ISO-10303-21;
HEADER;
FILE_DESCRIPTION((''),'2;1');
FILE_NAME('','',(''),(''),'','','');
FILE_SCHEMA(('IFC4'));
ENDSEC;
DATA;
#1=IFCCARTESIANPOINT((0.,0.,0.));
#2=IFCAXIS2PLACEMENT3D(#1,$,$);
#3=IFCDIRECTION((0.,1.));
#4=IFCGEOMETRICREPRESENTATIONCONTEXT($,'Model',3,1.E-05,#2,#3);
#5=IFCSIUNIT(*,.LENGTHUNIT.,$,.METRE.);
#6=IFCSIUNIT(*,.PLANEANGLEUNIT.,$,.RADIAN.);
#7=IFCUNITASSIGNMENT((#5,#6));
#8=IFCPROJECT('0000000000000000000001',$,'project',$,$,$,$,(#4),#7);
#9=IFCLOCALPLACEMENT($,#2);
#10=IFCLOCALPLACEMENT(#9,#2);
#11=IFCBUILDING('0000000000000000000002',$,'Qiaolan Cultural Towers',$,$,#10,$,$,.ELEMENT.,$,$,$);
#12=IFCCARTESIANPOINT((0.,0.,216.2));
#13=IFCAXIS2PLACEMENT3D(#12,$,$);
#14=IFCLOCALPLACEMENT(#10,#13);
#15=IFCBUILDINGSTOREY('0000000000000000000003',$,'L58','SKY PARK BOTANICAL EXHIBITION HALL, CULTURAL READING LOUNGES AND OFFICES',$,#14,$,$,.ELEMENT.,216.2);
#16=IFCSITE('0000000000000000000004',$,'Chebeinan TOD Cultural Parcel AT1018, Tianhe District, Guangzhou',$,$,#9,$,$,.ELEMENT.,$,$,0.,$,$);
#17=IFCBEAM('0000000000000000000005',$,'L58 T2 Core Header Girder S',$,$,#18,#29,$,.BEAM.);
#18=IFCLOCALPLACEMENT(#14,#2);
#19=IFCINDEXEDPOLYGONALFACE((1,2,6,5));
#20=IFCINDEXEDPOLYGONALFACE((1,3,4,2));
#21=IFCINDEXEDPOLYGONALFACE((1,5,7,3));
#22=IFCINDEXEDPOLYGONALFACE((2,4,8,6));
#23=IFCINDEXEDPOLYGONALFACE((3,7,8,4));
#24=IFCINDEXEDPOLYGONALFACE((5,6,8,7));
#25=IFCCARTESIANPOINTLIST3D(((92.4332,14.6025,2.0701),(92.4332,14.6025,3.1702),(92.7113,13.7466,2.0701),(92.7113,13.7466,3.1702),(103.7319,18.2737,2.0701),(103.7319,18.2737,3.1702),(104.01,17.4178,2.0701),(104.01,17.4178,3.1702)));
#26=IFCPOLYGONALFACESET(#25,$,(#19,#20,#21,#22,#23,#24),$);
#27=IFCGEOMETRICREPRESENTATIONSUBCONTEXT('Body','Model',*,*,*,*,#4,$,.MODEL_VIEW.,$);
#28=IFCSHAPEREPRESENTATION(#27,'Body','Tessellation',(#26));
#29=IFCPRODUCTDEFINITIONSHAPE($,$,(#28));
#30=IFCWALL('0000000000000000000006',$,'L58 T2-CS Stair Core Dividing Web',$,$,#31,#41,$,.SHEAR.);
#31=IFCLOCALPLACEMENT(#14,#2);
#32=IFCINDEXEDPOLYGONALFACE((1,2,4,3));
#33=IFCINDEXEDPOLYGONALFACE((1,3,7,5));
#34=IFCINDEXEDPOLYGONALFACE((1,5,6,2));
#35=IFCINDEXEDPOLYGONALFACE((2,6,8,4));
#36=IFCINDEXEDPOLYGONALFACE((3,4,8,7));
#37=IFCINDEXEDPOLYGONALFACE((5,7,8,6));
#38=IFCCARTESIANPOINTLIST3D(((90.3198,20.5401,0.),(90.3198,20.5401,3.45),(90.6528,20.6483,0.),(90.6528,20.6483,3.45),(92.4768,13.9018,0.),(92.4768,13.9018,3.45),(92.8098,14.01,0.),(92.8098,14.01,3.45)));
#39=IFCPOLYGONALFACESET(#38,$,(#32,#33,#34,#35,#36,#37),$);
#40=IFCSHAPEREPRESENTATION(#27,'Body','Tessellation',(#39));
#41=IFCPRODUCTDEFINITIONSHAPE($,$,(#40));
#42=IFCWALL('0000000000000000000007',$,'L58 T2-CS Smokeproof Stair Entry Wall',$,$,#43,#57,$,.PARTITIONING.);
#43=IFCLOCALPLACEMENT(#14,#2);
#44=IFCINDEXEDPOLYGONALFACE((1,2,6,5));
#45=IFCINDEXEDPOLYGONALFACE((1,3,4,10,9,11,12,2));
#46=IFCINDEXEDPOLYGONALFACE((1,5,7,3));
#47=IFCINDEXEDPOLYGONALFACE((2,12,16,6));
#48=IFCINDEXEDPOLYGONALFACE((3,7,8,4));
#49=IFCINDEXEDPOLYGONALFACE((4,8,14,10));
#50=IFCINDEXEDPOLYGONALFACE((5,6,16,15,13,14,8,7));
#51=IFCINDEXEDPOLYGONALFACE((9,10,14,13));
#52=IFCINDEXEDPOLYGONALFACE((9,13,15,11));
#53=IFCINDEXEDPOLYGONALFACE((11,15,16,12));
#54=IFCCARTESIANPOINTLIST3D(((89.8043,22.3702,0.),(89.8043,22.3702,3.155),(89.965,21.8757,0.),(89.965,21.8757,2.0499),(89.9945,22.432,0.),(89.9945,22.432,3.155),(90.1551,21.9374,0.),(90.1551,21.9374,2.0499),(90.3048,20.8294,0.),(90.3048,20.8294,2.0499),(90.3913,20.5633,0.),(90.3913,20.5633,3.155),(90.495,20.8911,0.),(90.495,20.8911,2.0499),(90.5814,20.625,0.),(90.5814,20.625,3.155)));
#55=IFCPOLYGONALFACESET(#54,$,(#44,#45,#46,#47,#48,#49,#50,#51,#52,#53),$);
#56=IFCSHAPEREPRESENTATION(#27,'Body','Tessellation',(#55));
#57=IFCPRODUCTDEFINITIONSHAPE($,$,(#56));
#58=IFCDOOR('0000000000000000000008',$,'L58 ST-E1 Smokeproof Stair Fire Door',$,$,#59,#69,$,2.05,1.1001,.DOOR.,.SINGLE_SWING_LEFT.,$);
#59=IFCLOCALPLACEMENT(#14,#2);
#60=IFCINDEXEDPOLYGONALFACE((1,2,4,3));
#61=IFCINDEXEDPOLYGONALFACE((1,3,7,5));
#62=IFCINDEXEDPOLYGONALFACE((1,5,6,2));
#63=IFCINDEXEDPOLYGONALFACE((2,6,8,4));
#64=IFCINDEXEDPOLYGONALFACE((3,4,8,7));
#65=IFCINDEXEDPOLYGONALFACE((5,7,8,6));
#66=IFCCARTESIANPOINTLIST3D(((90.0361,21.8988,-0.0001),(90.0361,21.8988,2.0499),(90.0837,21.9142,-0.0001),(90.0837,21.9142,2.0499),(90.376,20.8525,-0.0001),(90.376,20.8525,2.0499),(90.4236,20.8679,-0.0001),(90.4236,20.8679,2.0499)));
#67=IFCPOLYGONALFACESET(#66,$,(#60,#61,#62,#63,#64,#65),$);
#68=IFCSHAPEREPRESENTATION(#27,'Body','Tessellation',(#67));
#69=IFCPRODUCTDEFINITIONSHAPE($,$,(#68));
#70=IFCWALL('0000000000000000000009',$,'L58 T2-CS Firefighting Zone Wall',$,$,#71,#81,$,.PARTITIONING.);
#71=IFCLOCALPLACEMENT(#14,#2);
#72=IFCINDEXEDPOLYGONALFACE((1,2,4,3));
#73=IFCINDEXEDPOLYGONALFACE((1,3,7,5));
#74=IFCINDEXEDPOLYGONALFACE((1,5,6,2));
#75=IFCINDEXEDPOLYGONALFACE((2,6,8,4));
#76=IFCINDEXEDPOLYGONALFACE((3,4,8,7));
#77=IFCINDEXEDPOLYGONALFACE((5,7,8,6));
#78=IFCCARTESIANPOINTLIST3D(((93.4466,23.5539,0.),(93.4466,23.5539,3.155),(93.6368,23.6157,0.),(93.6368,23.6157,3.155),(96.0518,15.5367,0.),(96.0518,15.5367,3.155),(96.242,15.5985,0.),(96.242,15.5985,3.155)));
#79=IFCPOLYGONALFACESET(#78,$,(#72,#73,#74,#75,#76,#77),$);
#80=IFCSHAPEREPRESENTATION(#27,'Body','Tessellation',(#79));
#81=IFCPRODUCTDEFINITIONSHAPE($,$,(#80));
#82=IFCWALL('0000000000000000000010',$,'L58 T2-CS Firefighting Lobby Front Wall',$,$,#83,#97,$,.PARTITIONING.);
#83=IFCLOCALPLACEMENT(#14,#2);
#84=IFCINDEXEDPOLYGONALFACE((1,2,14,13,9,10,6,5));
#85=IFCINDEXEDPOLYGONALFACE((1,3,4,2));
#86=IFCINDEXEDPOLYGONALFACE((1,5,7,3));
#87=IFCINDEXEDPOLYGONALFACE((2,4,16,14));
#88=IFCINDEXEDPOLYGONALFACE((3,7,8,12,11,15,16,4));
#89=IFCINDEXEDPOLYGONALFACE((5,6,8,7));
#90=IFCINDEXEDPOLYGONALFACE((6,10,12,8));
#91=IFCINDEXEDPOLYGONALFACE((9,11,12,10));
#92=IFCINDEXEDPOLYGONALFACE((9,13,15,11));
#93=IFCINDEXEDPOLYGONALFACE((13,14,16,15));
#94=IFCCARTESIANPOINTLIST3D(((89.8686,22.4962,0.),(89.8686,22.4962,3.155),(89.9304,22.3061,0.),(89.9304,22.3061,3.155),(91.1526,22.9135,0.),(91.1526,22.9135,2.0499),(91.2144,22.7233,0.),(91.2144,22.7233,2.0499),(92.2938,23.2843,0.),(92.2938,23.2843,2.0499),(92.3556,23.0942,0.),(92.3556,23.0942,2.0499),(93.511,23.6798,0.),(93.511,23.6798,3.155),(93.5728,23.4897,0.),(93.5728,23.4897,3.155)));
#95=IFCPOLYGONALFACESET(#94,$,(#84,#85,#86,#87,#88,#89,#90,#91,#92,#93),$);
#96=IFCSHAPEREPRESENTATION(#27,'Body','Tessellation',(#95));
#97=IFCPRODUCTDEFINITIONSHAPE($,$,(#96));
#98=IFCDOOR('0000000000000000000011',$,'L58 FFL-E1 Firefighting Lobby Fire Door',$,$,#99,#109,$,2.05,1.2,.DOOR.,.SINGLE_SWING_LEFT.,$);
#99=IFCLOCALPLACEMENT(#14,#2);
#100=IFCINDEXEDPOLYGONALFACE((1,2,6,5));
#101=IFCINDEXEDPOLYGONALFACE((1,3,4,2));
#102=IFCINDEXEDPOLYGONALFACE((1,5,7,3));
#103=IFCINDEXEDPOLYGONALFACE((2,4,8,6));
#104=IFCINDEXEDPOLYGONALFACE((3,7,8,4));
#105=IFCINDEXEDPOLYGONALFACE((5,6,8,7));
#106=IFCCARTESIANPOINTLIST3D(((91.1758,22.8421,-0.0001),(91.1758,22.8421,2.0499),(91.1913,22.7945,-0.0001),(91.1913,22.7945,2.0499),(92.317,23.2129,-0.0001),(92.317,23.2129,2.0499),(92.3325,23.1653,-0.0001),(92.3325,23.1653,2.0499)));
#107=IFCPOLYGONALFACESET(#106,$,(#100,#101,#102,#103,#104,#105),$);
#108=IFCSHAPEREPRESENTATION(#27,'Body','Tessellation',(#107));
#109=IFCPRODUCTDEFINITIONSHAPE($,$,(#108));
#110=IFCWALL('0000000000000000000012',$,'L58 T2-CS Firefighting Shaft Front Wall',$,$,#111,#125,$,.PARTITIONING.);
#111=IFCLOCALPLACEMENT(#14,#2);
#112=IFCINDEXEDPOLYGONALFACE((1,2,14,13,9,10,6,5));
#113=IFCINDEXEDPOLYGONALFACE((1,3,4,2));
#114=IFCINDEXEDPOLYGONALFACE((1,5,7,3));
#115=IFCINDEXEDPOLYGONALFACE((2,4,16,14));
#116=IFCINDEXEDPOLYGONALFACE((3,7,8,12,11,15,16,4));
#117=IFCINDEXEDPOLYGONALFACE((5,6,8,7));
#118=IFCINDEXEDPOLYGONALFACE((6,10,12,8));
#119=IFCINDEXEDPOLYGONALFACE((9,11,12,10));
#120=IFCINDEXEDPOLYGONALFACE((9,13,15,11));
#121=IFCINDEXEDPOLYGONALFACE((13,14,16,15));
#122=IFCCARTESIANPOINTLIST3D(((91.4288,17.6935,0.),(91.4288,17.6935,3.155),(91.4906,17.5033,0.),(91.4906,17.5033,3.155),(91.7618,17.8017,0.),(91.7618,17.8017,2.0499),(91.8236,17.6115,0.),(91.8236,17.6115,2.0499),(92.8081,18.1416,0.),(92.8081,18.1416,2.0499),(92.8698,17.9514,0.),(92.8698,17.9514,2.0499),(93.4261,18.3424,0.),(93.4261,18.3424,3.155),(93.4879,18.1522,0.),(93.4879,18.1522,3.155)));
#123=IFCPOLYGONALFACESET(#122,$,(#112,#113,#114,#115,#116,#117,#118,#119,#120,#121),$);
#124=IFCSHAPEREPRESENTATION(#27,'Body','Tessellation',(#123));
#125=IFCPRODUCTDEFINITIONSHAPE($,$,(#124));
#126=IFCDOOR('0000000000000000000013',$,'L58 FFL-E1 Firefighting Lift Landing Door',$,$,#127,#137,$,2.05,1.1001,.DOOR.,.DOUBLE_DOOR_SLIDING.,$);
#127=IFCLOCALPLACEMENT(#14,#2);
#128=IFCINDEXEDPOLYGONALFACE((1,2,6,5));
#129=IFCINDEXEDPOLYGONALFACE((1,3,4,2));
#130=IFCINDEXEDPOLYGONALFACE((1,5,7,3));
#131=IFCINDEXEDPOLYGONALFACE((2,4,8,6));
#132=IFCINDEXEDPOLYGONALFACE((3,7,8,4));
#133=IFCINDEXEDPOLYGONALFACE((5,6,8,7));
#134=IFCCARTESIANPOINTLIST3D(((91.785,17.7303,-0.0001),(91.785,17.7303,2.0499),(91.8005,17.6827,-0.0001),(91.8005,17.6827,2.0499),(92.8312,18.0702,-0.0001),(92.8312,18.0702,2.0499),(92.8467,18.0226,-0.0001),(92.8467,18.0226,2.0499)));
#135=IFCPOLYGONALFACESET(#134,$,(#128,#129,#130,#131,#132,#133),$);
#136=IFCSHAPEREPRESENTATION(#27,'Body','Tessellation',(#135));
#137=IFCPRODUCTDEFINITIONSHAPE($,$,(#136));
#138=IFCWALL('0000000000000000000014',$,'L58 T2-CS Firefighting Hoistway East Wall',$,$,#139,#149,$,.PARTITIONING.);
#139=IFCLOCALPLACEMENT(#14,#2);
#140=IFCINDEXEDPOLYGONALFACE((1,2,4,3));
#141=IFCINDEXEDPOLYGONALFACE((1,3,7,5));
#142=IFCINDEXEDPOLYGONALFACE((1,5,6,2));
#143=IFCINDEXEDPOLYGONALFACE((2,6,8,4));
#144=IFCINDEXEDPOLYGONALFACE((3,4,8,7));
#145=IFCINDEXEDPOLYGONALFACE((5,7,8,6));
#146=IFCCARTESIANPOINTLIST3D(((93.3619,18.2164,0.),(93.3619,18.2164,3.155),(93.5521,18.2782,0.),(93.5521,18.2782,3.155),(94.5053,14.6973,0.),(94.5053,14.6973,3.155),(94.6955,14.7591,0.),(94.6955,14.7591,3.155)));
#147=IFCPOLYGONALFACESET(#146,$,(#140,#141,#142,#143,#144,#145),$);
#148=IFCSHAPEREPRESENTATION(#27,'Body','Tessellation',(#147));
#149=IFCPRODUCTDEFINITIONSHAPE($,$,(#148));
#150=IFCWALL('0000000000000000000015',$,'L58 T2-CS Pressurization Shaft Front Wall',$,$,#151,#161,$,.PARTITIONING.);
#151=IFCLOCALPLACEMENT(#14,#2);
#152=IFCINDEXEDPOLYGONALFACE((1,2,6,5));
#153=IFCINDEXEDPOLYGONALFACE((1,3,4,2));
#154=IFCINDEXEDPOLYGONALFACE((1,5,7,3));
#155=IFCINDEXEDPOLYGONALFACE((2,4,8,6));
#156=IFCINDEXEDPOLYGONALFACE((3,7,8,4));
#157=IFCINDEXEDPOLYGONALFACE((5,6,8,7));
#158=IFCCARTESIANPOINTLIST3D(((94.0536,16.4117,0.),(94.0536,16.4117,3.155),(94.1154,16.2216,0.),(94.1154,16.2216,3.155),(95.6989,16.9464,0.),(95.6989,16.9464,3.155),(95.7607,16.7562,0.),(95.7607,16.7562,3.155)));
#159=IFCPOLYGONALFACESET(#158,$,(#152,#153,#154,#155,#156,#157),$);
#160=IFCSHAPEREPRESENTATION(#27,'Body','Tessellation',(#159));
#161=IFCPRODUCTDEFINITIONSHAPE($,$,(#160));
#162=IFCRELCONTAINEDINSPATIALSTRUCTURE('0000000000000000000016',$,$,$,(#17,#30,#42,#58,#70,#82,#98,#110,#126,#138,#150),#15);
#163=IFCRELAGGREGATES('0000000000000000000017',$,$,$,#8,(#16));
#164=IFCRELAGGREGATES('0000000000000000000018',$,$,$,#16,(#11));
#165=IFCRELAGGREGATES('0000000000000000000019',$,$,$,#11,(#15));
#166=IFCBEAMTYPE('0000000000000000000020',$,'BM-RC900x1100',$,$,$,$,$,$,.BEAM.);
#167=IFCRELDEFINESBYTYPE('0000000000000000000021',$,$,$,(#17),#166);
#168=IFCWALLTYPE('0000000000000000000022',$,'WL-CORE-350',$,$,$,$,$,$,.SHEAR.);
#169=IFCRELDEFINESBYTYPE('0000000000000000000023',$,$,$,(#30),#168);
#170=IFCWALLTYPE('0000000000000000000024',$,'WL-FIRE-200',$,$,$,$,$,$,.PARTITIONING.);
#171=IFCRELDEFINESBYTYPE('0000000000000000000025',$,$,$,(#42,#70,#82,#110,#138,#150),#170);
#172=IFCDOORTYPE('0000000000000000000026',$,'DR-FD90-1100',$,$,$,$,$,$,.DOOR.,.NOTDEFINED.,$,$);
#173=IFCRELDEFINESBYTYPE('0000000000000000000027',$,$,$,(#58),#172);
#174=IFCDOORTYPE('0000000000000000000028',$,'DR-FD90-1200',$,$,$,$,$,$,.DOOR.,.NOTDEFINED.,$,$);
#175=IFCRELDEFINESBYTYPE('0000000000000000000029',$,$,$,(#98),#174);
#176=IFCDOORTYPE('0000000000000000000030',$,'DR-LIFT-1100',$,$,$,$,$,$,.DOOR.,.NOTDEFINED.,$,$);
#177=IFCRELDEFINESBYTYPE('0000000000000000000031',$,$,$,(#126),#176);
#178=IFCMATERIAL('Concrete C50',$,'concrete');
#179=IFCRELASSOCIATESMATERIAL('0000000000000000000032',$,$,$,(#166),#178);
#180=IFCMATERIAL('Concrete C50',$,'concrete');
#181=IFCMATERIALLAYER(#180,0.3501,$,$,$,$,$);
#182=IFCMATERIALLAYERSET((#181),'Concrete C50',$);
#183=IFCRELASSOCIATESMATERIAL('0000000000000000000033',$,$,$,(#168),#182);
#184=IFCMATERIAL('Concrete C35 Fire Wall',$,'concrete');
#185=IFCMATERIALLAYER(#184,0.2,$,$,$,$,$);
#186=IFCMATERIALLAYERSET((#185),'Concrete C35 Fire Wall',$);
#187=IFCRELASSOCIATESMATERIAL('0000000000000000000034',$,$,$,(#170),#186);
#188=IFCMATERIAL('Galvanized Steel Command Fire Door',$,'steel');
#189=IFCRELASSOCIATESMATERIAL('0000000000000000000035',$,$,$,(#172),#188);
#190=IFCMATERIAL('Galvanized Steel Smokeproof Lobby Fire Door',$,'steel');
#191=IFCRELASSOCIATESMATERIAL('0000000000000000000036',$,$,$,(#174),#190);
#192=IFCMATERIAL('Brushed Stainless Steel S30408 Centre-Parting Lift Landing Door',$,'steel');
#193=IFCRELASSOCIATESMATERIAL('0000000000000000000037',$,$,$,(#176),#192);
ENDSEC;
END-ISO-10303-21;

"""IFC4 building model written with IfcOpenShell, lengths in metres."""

from ifc_helpers import new_model, si_unit, direction, frame, frame_2d, origin, origin_2d, place, context, subcontext, project, spatial, rectangle, extrude, material, layer, layer_set, material_profile, profile_set, type_object, element, fill, save


model = new_model("IFC4")

# Units and contexts
model_context = context("Model", 3, precision=1e-05, world=origin(), true_north=direction((0.0, 1.0)))
body_context = subcontext(model_context, "Body", "Model", "MODEL_VIEW")
ifc_project = project(units=[si_unit("LENGTHUNIT", "METRE"), si_unit("PLANEANGLEUNIT", "RADIAN")], contexts=[model_context])

# Site, building, storey
site_placement = place(None, origin())
site = spatial("IfcSite", under=ifc_project, at=site_placement, Name="Chebeinan TOD Cultural Parcel AT1018, Tianhe District, Guangzhou", CompositionType="ELEMENT", RefElevation=0.0)
building_placement = place(site_placement, origin())
building = spatial("IfcBuilding", under=site, at=building_placement, Name="Qiaolan Cultural Towers", CompositionType="ELEMENT")
storey_placement = place(building_placement, frame((0.0, 0.0, 216.2)))
storey = spatial("IfcBuildingStorey", under=building, at=storey_placement, Name="L58", Description="SKY PARK BOTANICAL EXHIBITION HALL, CULTURAL READING LOUNGES AND OFFICES", CompositionType="ELEMENT", Elevation=216.2)

# Beam
ifc_material_1 = material(Name="Concrete C50", Category="concrete")
ifc_material_profile = material_profile(ifc_material_1, rectangle(XDim=0.8999, YDim=1.1001, at=origin_2d()), Name="RC900x1100")
ifc_profile_set = profile_set([ifc_material_profile], Name="Concrete C50")
beam_type = type_object("IfcBeamType", Name="BM-RC900x1100", PredefinedType="BEAM", material=ifc_profile_set)
beam_placement = place(storey_placement, frame((92.5723, 14.1746, 2.6201), z_axis=(0.951056, 0.309018, 0.0), x_axis=(-0.309018, 0.951056, 0.0)))
element("IfcBeam", 1, at=beam_placement, inside=storey, type_object=beam_type, Name="L58 T2 Core Header Girder S", PredefinedType="BEAM", context=body_context, shape_type="SweptSolid", body=[
    extrude(rectangle(XDim=0.8999, YDim=1.1001, at=origin_2d()), origin(), (0.0, 0.0, 1.0), 11.8801),
])

# Wall
ifc_material_2 = material(Name="Concrete C50", Category="concrete")
ifc_layer_1 = layer(ifc_material_2, 0.3501)
ifc_layer_set_1 = layer_set([ifc_layer_1], Name="Concrete C50")
wall_type_1 = type_object("IfcWallType", Name="WL-CORE-350", PredefinedType="SHEAR", material=ifc_layer_set_1)
wall_1_placement = place(storey_placement, frame((90.4863, 20.5942, 0.0), z_axis=(0.0, 0.0, 1.0), x_axis=(0.30902, -0.951055, 0.0)))
element("IfcWall", 2, at=wall_1_placement, inside=storey, type_object=wall_type_1, Name="L58 T2-CS Stair Core Dividing Web", PredefinedType="SHEAR", context=body_context, shape_type="SweptSolid", body=[
    extrude(rectangle(XDim=6.98, YDim=0.3501, at=frame_2d((3.49, 0.0))), origin(), (0.0, 0.0, 1.0), 3.45),
])

# Wall, opening, door
ifc_material_3 = material(Name="Concrete C35 Fire Wall", Category="concrete")
ifc_layer_2 = layer(ifc_material_3, 0.2)
ifc_layer_set_2 = layer_set([ifc_layer_2], Name="Concrete C35 Fire Wall")
wall_type_2 = type_object("IfcWallType", Name="WL-FIRE-200", PredefinedType="PARTITIONING", material=ifc_layer_set_2)
wall_2_placement = place(storey_placement, frame((89.8994, 22.4011, 0.0), z_axis=(0.0, 0.0, 1.0), x_axis=(0.308932, -0.951084, 0.0)))
wall_2 = element("IfcWall", 3, at=wall_2_placement, inside=storey, type_object=wall_type_2, Name="L58 T2-CS Smokeproof Stair Entry Wall", PredefinedType="PARTITIONING", context=body_context, shape_type="SweptSolid", body=[
    extrude(rectangle(XDim=1.8999, YDim=0.2, at=frame_2d((0.95, 0.0))), origin(), (0.0, 0.0, 1.0), 3.155),
])
opening_1_placement = place(wall_2_placement, frame((0.52, 0.0, 0.0)))
opening_1 = element("IfcOpeningElement", 4, at=opening_1_placement, cuts=wall_2, PredefinedType="OPENING", context=body_context, shape_type="SweptSolid", body=[
    extrude(rectangle(XDim=1.1001, YDim=2.05, at=frame_2d((0.55, 1.0249))), frame((0.0, 0.1099, 0.0), z_axis=(0.0, -1.0, 0.0), x_axis=(1.0, 0.0, 0.0)), (0.0, 0.0, 1.0), 0.22),
])
ifc_material_4 = material(Name="Galvanized Steel Command Fire Door", Category="steel")
door_type_1 = type_object("IfcDoorType", Name="DR-FD90-1100", OperationType="NOTDEFINED", PredefinedType="DOOR", material=ifc_material_4)
door_1_placement = place(opening_1_placement, origin())
door_1 = element("IfcDoor", 5, at=door_1_placement, inside=storey, type_object=door_type_1, Name="L58 ST-E1 Smokeproof Stair Fire Door", OperationType="SINGLE_SWING_LEFT", OverallHeight=2.05, OverallWidth=1.1001, PredefinedType="DOOR", context=body_context, shape_type="SweptSolid", body=[
    extrude(rectangle(XDim=1.1001, YDim=2.05, at=frame_2d((0.55, 1.0249))), frame((0.0, 0.0249, 0.0), z_axis=(0.0, -1.0, 0.0), x_axis=(1.0, 0.0, 0.0)), (0.0, 0.0, 1.0), 0.05),
])
fill(opening_1, door_1)

# Wall
wall_3_placement = place(storey_placement, frame((93.5417, 23.5847, 0.0), z_axis=(0.0, 0.0, 1.0), x_axis=(0.309042, -0.951048, 0.0)))
element("IfcWall", 6, at=wall_3_placement, inside=storey, type_object=wall_type_2, Name="L58 T2-CS Firefighting Zone Wall", PredefinedType="PARTITIONING", context=body_context, shape_type="SweptSolid", body=[
    extrude(rectangle(XDim=8.4299, YDim=0.2, at=frame_2d((4.2148, 0.0))), origin(), (0.0, 0.0, 1.0), 3.155),
])

# Walls, openings, doors
wall_4_placement = place(storey_placement, frame((89.8994, 22.4011, 0.0), z_axis=(0.0, 0.0, 1.0), x_axis=(0.951047, 0.309047, 0.0)))
wall_4 = element("IfcWall", 7, at=wall_4_placement, inside=storey, type_object=wall_type_2, Name="L58 T2-CS Firefighting Lobby Front Wall", PredefinedType="PARTITIONING", context=body_context, shape_type="SweptSolid", body=[
    extrude(rectangle(XDim=3.8298, YDim=0.2, at=frame_2d((1.915, 0.0))), origin(), (0.0, 0.0, 1.0), 3.155),
])
opening_2_placement = place(wall_4_placement, frame((1.3501, 0.0, 0.0)))
opening_2 = element("IfcOpeningElement", 8, at=opening_2_placement, cuts=wall_4, PredefinedType="OPENING", context=body_context, shape_type="SweptSolid", body=[
    extrude(rectangle(XDim=1.2, YDim=2.05, at=frame_2d((0.6001, 1.0249))), frame((0.0, 0.1099, 0.0), z_axis=(0.0, -1.0, 0.0), x_axis=(1.0, 0.0, 0.0)), (0.0, 0.0, 1.0), 0.22),
])
ifc_material_5 = material(Name="Galvanized Steel Smokeproof Lobby Fire Door", Category="steel")
door_type_2 = type_object("IfcDoorType", Name="DR-FD90-1200", OperationType="NOTDEFINED", PredefinedType="DOOR", material=ifc_material_5)
door_2_placement = place(opening_2_placement, origin())
door_2 = element("IfcDoor", 9, at=door_2_placement, inside=storey, type_object=door_type_2, Name="L58 FFL-E1 Firefighting Lobby Fire Door", OperationType="SINGLE_SWING_LEFT", OverallHeight=2.05, OverallWidth=1.2, PredefinedType="DOOR", context=body_context, shape_type="SweptSolid", body=[
    extrude(rectangle(XDim=1.2, YDim=2.05, at=frame_2d((0.6001, 1.0249))), frame((0.0, 0.0249, 0.0), z_axis=(0.0, -1.0, 0.0), x_axis=(1.0, 0.0, 0.0)), (0.0, 0.0, 1.0), 0.05),
])
fill(opening_2, door_2)
wall_5_placement = place(storey_placement, frame((91.4597, 17.5984, 0.0), z_axis=(0.0, 0.0, 1.0), x_axis=(0.951062, 0.308999, 0.0)))
wall_5 = element("IfcWall", 10, at=wall_5_placement, inside=storey, type_object=wall_type_2, Name="L58 T2-CS Firefighting Shaft Front Wall", PredefinedType="PARTITIONING", context=body_context, shape_type="SweptSolid", body=[
    extrude(rectangle(XDim=2.1001, YDim=0.2, at=frame_2d((1.05, 0.0))), origin(), (0.0, 0.0, 1.0), 3.155),
])
opening_3_placement = place(wall_5_placement, frame((0.3501, 0.0, 0.0)))
opening_3 = element("IfcOpeningElement", 11, at=opening_3_placement, cuts=wall_5, PredefinedType="OPENING", context=body_context, shape_type="SweptSolid", body=[
    extrude(rectangle(XDim=1.1001, YDim=2.05, at=frame_2d((0.55, 1.0249))), frame((0.0, 0.1099, 0.0), z_axis=(0.0, -1.0, 0.0), x_axis=(1.0, 0.0, 0.0)), (0.0, 0.0, 1.0), 0.22),
])
ifc_material_6 = material(Name="Brushed Stainless Steel S30408 Centre-Parting Lift Landing Door", Category="steel")
door_type_3 = type_object("IfcDoorType", Name="DR-LIFT-1100", OperationType="NOTDEFINED", PredefinedType="DOOR", material=ifc_material_6)
door_3_placement = place(opening_3_placement, origin())
door_3 = element("IfcDoor", 12, at=door_3_placement, inside=storey, type_object=door_type_3, Name="L58 FFL-E1 Firefighting Lift Landing Door", OperationType="DOUBLE_DOOR_SLIDING", OverallHeight=2.05, OverallWidth=1.1001, PredefinedType="DOOR", context=body_context, shape_type="SweptSolid", body=[
    extrude(rectangle(XDim=1.1001, YDim=2.05, at=frame_2d((0.55, 1.0249))), frame((0.0, 0.0249, 0.0), z_axis=(0.0, -1.0, 0.0), x_axis=(1.0, 0.0, 0.0)), (0.0, 0.0, 1.0), 0.05),
])
fill(opening_3, door_3)

# Walls
wall_6_placement = place(storey_placement, frame((93.457, 18.2473, 0.0), z_axis=(0.0, 0.0, 1.0), x_axis=(0.308994, -0.951064, 0.0)))
element("IfcWall", 13, at=wall_6_placement, inside=storey, type_object=wall_type_2, Name="L58 T2-CS Firefighting Hoistway East Wall", PredefinedType="PARTITIONING", context=body_context, shape_type="SweptSolid", body=[
    extrude(rectangle(XDim=3.7002, YDim=0.2, at=frame_2d((1.8501, 0.0))), origin(), (0.0, 0.0, 1.0), 3.155),
])
wall_7_placement = place(storey_placement, frame((94.0845, 16.3167, 0.0), z_axis=(0.0, 0.0, 1.0), x_axis=(0.951041, 0.309064, 0.0)))
element("IfcWall", 14, at=wall_7_placement, inside=storey, type_object=wall_type_2, Name="L58 T2-CS Pressurization Shaft Front Wall", PredefinedType="PARTITIONING", context=body_context, shape_type="SweptSolid", body=[
    extrude(rectangle(XDim=1.73, YDim=0.2, at=frame_2d((0.865, 0.0))), origin(), (0.0, 0.0, 1.0), 3.155),
])

save(model, "model.ifc")
